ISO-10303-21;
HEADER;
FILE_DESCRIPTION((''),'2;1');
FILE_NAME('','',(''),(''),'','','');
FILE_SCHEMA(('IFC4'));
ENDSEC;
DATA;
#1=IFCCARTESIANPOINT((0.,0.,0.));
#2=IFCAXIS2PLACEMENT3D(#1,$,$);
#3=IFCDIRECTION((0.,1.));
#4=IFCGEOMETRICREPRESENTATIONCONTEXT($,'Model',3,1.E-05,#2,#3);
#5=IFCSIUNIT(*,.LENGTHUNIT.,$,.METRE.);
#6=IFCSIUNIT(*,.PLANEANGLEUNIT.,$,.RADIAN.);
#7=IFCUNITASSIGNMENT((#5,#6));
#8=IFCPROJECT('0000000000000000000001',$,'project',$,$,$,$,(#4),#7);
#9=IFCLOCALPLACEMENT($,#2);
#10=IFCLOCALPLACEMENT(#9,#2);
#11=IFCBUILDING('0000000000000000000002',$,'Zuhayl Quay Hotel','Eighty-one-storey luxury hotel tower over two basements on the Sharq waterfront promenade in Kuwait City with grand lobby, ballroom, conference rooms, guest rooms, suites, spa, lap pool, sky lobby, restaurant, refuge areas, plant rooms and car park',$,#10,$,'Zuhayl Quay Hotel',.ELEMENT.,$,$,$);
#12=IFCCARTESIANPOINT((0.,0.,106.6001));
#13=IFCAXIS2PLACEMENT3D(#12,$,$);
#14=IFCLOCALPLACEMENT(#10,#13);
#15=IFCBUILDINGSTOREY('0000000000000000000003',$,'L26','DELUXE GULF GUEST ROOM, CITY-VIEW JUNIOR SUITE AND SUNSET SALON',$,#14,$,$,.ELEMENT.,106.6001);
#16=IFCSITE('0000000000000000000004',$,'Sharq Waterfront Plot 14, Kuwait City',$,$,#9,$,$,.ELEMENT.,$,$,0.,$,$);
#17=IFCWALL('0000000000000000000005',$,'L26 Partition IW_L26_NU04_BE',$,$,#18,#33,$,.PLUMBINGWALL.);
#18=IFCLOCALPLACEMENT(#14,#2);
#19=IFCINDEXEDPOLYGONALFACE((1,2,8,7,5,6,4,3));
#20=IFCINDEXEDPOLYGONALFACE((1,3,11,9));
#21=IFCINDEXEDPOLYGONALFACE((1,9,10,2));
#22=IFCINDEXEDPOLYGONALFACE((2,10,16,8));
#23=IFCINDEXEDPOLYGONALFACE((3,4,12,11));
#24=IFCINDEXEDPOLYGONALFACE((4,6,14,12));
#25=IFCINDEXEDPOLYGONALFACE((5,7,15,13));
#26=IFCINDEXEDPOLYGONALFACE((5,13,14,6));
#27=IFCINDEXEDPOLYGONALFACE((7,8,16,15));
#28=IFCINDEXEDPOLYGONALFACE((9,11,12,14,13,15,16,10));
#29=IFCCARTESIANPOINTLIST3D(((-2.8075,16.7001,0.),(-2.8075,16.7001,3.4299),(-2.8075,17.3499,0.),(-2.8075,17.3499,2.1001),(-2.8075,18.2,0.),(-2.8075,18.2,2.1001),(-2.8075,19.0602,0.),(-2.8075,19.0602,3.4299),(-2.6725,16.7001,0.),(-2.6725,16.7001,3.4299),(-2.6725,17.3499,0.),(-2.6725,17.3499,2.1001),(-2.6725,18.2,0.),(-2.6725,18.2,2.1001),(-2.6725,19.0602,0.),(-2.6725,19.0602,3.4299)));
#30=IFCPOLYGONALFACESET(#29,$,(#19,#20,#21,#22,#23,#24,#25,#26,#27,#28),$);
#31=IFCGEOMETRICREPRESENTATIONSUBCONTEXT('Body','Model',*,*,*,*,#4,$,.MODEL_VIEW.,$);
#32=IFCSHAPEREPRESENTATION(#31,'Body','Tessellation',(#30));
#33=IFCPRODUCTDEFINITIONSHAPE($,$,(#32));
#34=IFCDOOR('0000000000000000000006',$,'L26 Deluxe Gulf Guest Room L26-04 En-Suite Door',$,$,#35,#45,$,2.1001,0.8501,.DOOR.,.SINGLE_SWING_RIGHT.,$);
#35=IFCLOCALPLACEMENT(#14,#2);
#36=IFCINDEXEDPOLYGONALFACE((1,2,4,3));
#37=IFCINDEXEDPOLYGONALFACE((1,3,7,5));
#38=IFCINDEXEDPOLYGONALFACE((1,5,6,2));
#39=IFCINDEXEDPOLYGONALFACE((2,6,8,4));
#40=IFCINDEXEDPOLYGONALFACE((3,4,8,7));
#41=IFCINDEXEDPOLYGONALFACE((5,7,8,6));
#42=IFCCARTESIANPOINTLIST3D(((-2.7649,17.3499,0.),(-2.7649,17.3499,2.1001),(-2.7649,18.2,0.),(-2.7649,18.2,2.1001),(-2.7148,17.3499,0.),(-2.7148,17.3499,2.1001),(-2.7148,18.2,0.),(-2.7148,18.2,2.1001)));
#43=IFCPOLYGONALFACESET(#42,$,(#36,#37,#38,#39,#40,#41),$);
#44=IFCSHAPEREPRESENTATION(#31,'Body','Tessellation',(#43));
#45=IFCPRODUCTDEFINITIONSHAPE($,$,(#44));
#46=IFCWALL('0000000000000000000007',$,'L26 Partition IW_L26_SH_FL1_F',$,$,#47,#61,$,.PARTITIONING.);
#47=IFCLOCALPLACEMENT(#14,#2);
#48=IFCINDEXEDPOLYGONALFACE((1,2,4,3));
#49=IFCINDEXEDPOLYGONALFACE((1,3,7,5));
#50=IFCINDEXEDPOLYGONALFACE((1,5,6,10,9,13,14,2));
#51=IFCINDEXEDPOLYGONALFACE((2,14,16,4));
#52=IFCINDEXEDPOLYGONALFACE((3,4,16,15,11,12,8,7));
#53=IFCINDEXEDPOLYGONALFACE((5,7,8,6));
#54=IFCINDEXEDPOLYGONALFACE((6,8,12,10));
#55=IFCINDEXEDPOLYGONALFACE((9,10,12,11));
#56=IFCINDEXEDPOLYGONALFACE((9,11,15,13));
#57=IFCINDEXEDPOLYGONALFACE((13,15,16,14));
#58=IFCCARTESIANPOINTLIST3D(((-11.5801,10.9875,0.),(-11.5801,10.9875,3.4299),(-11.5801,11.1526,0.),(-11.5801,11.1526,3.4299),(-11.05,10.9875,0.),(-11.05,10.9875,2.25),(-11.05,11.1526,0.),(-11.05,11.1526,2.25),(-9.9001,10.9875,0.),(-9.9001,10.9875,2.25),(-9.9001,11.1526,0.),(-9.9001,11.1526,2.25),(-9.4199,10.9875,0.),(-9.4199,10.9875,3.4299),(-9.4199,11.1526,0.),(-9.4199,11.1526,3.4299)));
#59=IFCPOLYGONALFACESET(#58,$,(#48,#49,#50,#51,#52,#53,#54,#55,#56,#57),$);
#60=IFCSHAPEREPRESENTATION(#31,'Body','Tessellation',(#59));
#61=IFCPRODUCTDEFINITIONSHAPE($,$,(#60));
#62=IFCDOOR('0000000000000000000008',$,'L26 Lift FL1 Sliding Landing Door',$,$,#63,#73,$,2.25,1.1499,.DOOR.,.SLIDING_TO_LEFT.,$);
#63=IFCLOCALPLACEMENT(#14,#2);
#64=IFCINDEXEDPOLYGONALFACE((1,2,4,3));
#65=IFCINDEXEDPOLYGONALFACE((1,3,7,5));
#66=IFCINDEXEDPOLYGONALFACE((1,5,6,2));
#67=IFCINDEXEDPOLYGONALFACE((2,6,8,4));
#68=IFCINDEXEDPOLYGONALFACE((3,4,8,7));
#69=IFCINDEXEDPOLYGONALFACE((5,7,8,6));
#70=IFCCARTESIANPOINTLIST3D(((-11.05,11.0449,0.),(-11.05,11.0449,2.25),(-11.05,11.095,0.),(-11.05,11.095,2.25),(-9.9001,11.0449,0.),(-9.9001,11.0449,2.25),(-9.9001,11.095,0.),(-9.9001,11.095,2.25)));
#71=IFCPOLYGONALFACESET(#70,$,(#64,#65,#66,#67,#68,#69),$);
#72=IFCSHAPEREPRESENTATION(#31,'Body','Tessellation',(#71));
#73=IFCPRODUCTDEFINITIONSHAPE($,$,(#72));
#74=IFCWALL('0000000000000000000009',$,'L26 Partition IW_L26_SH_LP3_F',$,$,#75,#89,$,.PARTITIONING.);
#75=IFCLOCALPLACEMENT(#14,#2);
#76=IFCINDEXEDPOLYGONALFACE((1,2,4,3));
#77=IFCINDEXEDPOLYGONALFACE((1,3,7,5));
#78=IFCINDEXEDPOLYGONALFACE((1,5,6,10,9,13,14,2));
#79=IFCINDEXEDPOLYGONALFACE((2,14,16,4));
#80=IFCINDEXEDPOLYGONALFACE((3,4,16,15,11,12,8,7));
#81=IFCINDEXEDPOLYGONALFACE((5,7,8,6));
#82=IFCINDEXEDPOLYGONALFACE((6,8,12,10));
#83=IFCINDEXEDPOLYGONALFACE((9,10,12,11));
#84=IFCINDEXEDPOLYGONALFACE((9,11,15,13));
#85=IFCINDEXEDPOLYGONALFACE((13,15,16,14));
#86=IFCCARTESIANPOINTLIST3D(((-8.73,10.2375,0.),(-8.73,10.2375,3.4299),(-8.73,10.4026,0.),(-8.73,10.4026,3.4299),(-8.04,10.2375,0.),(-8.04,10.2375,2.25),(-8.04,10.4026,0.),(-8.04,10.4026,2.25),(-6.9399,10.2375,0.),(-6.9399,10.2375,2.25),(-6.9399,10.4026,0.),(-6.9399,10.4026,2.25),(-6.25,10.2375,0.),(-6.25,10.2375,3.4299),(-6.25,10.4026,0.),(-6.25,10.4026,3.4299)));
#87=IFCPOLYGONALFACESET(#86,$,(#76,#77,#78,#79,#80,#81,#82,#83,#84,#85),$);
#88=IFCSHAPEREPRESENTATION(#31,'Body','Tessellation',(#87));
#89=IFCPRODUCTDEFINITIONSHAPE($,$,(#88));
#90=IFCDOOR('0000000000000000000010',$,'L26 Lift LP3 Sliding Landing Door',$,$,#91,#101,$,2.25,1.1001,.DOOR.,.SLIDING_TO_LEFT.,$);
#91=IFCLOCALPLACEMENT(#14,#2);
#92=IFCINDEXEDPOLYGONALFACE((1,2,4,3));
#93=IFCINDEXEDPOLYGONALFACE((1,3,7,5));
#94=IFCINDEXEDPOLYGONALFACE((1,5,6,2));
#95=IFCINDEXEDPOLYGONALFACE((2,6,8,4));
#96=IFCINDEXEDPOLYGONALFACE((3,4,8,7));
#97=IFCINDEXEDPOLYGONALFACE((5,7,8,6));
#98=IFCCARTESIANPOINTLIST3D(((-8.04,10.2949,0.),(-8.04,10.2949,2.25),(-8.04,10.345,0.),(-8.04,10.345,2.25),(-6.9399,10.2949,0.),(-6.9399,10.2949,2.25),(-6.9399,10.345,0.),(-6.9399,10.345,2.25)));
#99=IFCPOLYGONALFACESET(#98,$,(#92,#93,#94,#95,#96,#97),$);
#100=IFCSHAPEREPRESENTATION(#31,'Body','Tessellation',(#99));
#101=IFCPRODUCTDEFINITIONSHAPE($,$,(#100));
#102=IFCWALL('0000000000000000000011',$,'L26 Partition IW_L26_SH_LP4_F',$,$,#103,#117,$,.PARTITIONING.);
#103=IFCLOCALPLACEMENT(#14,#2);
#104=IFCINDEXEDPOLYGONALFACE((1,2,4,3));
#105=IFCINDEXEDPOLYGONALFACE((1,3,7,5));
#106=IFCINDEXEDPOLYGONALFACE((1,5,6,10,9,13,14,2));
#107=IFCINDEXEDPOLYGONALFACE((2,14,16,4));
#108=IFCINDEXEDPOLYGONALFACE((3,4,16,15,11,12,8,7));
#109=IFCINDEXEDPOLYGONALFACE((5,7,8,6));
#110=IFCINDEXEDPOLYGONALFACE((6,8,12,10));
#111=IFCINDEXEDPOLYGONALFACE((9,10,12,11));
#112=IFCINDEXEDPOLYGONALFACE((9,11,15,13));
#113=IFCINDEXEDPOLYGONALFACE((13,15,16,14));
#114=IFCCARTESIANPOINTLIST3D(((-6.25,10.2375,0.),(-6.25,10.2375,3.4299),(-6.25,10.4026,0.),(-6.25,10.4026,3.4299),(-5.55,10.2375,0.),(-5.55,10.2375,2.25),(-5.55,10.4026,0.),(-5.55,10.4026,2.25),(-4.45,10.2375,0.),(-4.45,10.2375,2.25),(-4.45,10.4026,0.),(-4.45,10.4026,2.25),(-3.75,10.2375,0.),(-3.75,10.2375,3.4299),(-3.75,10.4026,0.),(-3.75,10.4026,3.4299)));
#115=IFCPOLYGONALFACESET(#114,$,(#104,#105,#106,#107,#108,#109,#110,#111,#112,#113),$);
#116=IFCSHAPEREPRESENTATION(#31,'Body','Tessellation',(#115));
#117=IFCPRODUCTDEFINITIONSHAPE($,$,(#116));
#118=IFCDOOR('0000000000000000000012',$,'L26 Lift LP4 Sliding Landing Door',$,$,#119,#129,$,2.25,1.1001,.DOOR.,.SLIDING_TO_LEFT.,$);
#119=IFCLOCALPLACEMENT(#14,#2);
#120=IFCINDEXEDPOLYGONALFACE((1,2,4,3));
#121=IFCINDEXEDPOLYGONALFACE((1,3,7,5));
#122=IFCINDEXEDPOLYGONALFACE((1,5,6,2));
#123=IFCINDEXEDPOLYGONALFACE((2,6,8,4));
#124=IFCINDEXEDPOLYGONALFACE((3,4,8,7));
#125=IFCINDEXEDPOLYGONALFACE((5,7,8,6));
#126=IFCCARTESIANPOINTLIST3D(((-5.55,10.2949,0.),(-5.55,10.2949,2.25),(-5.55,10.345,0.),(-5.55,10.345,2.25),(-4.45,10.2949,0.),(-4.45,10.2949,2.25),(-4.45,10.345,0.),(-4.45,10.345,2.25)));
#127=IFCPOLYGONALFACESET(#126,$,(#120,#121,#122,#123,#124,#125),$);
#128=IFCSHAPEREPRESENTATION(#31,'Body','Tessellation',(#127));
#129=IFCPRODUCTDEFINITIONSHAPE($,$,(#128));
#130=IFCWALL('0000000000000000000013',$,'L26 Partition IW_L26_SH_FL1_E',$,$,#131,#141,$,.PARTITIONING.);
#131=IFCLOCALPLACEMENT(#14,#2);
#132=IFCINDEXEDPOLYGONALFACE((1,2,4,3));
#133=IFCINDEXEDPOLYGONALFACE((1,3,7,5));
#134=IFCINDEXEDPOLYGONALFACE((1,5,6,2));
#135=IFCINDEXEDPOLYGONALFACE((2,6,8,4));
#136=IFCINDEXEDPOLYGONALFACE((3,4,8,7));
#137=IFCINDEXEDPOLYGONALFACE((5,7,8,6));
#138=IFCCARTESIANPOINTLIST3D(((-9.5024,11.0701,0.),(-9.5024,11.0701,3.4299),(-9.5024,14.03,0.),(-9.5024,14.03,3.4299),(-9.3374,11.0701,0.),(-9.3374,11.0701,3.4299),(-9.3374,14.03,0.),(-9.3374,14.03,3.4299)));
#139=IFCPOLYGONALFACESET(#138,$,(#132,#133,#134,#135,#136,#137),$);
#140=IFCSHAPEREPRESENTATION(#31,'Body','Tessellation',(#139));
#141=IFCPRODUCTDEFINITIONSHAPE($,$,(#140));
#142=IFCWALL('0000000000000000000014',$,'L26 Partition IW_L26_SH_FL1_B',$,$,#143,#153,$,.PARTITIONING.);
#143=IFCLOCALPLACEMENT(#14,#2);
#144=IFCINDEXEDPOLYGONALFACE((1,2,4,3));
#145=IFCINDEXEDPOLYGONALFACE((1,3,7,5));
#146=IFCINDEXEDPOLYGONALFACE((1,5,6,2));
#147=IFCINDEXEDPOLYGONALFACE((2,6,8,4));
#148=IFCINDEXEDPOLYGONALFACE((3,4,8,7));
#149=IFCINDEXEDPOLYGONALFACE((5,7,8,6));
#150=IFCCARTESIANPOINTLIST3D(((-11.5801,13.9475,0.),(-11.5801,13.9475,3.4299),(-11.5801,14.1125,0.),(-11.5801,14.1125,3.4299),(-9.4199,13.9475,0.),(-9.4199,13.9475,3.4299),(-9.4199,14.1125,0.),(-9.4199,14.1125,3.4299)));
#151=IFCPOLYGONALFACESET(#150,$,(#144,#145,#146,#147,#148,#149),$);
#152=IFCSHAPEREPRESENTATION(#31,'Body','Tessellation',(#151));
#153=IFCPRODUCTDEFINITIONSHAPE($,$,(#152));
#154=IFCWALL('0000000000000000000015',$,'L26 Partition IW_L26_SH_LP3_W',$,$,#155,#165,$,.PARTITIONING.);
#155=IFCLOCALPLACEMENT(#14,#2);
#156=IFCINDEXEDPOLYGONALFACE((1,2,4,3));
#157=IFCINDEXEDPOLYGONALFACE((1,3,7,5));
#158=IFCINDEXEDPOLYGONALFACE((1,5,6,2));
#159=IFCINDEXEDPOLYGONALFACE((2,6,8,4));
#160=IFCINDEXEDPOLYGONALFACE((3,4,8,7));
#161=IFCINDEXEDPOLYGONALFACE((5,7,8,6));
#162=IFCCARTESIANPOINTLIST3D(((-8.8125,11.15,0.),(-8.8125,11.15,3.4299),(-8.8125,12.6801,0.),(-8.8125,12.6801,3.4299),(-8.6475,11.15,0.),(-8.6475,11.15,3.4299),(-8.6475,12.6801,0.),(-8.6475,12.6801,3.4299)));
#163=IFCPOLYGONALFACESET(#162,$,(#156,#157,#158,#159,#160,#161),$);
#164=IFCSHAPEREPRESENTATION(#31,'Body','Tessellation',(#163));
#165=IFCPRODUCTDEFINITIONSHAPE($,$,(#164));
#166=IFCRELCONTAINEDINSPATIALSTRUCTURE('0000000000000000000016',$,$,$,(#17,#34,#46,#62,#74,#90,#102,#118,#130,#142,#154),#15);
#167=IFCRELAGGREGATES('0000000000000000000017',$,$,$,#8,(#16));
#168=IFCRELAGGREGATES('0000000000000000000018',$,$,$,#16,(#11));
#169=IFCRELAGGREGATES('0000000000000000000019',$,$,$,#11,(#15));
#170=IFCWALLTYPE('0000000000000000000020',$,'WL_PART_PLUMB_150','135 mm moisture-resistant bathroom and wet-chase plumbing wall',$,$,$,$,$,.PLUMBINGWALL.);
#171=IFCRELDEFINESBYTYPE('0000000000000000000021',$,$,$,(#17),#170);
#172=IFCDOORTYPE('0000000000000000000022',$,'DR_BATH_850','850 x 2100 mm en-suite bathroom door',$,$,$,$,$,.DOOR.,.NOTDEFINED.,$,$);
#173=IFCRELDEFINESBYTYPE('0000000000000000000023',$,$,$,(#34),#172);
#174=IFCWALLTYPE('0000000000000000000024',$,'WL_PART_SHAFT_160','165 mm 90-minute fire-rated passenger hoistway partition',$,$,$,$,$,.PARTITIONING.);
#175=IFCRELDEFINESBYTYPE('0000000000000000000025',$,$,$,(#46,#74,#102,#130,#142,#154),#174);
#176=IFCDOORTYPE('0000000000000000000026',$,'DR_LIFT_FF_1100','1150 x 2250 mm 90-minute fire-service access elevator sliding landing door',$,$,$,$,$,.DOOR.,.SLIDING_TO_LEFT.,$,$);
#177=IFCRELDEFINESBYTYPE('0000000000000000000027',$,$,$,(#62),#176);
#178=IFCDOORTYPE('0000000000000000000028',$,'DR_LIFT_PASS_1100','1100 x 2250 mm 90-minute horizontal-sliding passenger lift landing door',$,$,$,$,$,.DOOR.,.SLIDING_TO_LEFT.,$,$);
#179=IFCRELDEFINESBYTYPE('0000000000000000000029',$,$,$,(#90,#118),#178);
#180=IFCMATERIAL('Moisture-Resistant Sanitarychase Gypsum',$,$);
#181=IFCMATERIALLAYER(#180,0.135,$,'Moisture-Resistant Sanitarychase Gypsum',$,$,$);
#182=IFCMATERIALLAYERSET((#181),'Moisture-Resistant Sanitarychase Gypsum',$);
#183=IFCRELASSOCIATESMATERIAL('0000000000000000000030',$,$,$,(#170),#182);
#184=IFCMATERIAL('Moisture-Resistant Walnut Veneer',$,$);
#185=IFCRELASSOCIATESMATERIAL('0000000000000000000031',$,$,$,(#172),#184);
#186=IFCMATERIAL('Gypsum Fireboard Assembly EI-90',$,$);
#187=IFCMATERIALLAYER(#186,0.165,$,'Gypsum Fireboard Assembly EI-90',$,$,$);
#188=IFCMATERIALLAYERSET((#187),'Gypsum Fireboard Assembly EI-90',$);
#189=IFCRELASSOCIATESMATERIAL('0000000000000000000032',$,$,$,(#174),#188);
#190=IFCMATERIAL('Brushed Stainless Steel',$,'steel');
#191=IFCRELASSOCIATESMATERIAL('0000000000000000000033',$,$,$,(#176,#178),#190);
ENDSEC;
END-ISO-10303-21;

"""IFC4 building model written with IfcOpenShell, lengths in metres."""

from ifc_helpers import new_model, si_unit, direction, frame, frame_2d, origin, place, context, subcontext, project, spatial, rectangle, extrude, material, layer, layer_set, type_object, element, fill, save


model = new_model("IFC4")

# Units and contexts
model_context = context("Model", 3, precision=1e-05, world=origin(), true_north=direction((0.0, 1.0)))
body_context = subcontext(model_context, "Body", "Model", "MODEL_VIEW")
ifc_project = project(units=[si_unit("LENGTHUNIT", "METRE"), si_unit("PLANEANGLEUNIT", "RADIAN")], contexts=[model_context])

# Site, building, storey
site_placement = place(None, origin())
site = spatial("IfcSite", under=ifc_project, at=site_placement, Name="Sharq Waterfront Plot 14, Kuwait City", CompositionType="ELEMENT", RefElevation=0.0)
building_placement = place(site_placement, origin())
building = spatial("IfcBuilding", under=site, at=building_placement, Name="Zuhayl Quay Hotel", Description="Eighty-one-storey luxury hotel tower over two basements on the Sharq waterfront promenade in Kuwait City with grand lobby, ballroom, conference rooms, guest rooms, suites, spa, lap pool, sky lobby, restaurant, refuge areas, plant rooms and car park", LongName="Zuhayl Quay Hotel", CompositionType="ELEMENT")
storey_placement = place(building_placement, frame((0.0, 0.0, 106.6001)))
storey = spatial("IfcBuildingStorey", under=building, at=storey_placement, Name="L26", Description="DELUXE GULF GUEST ROOM, CITY-VIEW JUNIOR SUITE AND SUNSET SALON", CompositionType="ELEMENT", Elevation=106.6001)

# Walls, openings, doors
ifc_material_1 = material(Name="Moisture-Resistant Sanitarychase Gypsum")
ifc_layer_1 = layer(ifc_material_1, 0.135, Name="Moisture-Resistant Sanitarychase Gypsum")
ifc_layer_set_1 = layer_set([ifc_layer_1], Name="Moisture-Resistant Sanitarychase Gypsum")
wall_type_1 = type_object("IfcWallType", Name="WL_PART_PLUMB_150", Description="135 mm moisture-resistant bathroom and wet-chase plumbing wall", PredefinedType="PLUMBINGWALL", material=ifc_layer_set_1)
ifc_material_2 = material(Name="Moisture-Resistant Walnut Veneer")
door_type_1 = type_object("IfcDoorType", Name="DR_BATH_850", Description="850 x 2100 mm en-suite bathroom door", OperationType="NOTDEFINED", PredefinedType="DOOR", material=ifc_material_2)
wall_1_placement = place(storey_placement, frame((-2.74, 16.7, 0.0), z_axis=(0.0, 0.0, 1.0), x_axis=(0.0, 1.0, 0.0)))
wall_1 = element("IfcWall", 1, at=wall_1_placement, inside=storey, type_object=wall_type_1, Name="L26 Partition IW_L26_NU04_BE", PredefinedType="PLUMBINGWALL", context=body_context, shape_type="SweptSolid", body=[
    extrude(rectangle(XDim=2.3601, YDim=0.135, at=frame_2d((1.1802, 0.0))), origin(), (0.0, 0.0, 1.0), 3.4299),
])
opening_1_placement = place(wall_1_placement, frame((0.6499, 0.0, 0.0)))
opening_1 = element("IfcOpeningElement", 2, at=opening_1_placement, cuts=wall_1, PredefinedType="OPENING", context=body_context, shape_type="SweptSolid", body=[
    extrude(rectangle(XDim=0.8501, YDim=2.1001, at=frame_2d((0.425, 1.05))), frame((0.0, 0.0774, 0.0), z_axis=(0.0, -1.0, 0.0), x_axis=(1.0, 0.0, 0.0)), (0.0, 0.0, 1.0), 0.155),
])
door_1_placement = place(opening_1_placement, origin())
door_1 = element("IfcDoor", 3, at=door_1_placement, inside=storey, type_object=door_type_1, Name="L26 Deluxe Gulf Guest Room L26-04 En-Suite Door", OperationType="SINGLE_SWING_RIGHT", OverallHeight=2.1001, OverallWidth=0.8501, PredefinedType="DOOR", context=body_context, shape_type="SweptSolid", body=[
    extrude(rectangle(XDim=0.8501, YDim=2.1001, at=frame_2d((0.425, 1.05))), frame((0.0, 0.0249, 0.0), z_axis=(0.0, -1.0, 0.0), x_axis=(1.0, 0.0, 0.0)), (0.0, 0.0, 1.0), 0.05),
])
fill(opening_1, door_1)
ifc_material_3 = material(Name="Gypsum Fireboard Assembly EI-90")
ifc_layer_2 = layer(ifc_material_3, 0.165, Name="Gypsum Fireboard Assembly EI-90")
ifc_layer_set_2 = layer_set([ifc_layer_2], Name="Gypsum Fireboard Assembly EI-90")
wall_type_2 = type_object("IfcWallType", Name="WL_PART_SHAFT_160", Description="165 mm 90-minute fire-rated passenger hoistway partition", PredefinedType="PARTITIONING", material=ifc_layer_set_2)
wall_2_placement = place(storey_placement, frame((-11.5801, 11.0701, 0.0), z_axis=(0.0, 0.0, 1.0), x_axis=(1.0, 0.0, 0.0)))
wall_2 = element("IfcWall", 4, at=wall_2_placement, inside=storey, type_object=wall_type_2, Name="L26 Partition IW_L26_SH_FL1_F", PredefinedType="PARTITIONING", context=body_context, shape_type="SweptSolid", body=[
    extrude(rectangle(XDim=2.1602, YDim=0.165, at=frame_2d((1.0801, 0.0))), origin(), (0.0, 0.0, 1.0), 3.4299),
])
opening_2_placement = place(wall_2_placement, frame((0.53, 0.0, 0.0)))
opening_2 = element("IfcOpeningElement", 5, at=opening_2_placement, cuts=wall_2, PredefinedType="OPENING", context=body_context, shape_type="SweptSolid", body=[
    extrude(rectangle(XDim=1.1499, YDim=2.25, at=frame_2d((0.575, 1.125))), frame((0.0, 0.0925, 0.0), z_axis=(0.0, -1.0, 0.0), x_axis=(1.0, 0.0, 0.0)), (0.0, 0.0, 1.0), 0.1851),
])
ifc_material_4 = material(Name="Brushed Stainless Steel", Category="steel")
door_type_2 = type_object("IfcDoorType", Name="DR_LIFT_FF_1100", Description="1150 x 2250 mm 90-minute fire-service access elevator sliding landing door", OperationType="SLIDING_TO_LEFT", PredefinedType="DOOR", material=ifc_material_4)
door_2_placement = place(opening_2_placement, origin())
door_2 = element("IfcDoor", 6, at=door_2_placement, inside=storey, type_object=door_type_2, Name="L26 Lift FL1 Sliding Landing Door", OperationType="SLIDING_TO_LEFT", OverallHeight=2.25, OverallWidth=1.1499, PredefinedType="DOOR", context=body_context, shape_type="SweptSolid", body=[
    extrude(rectangle(XDim=1.1499, YDim=2.25, at=frame_2d((0.575, 1.125))), frame((0.0, 0.0249, 0.0), z_axis=(0.0, -1.0, 0.0), x_axis=(1.0, 0.0, 0.0)), (0.0, 0.0, 1.0), 0.05),
])
fill(opening_2, door_2)
wall_3_placement = place(storey_placement, frame((-8.73, 10.3201, 0.0), z_axis=(0.0, 0.0, 1.0), x_axis=(1.0, 0.0, 0.0)))
wall_3 = element("IfcWall", 7, at=wall_3_placement, inside=storey, type_object=wall_type_2, Name="L26 Partition IW_L26_SH_LP3_F", PredefinedType="PARTITIONING", context=body_context, shape_type="SweptSolid", body=[
    extrude(rectangle(XDim=2.48, YDim=0.165, at=frame_2d((1.24, 0.0))), origin(), (0.0, 0.0, 1.0), 3.4299),
])
opening_3_placement = place(wall_3_placement, frame((0.6899, 0.0, 0.0)))
opening_3 = element("IfcOpeningElement", 8, at=opening_3_placement, cuts=wall_3, PredefinedType="OPENING", context=body_context, shape_type="SweptSolid", body=[
    extrude(rectangle(XDim=1.1001, YDim=2.25, at=frame_2d((0.55, 1.125))), frame((0.0, 0.0925, 0.0), z_axis=(0.0, -1.0, 0.0), x_axis=(1.0, 0.0, 0.0)), (0.0, 0.0, 1.0), 0.1851),
])
door_type_3 = type_object("IfcDoorType", Name="DR_LIFT_PASS_1100", Description="1100 x 2250 mm 90-minute horizontal-sliding passenger lift landing door", OperationType="SLIDING_TO_LEFT", PredefinedType="DOOR", material=ifc_material_4)
door_3_placement = place(opening_3_placement, origin())
door_3 = element("IfcDoor", 9, at=door_3_placement, inside=storey, type_object=door_type_3, Name="L26 Lift LP3 Sliding Landing Door", OperationType="SLIDING_TO_LEFT", OverallHeight=2.25, OverallWidth=1.1001, PredefinedType="DOOR", context=body_context, shape_type="SweptSolid", body=[
    extrude(rectangle(XDim=1.1001, YDim=2.25, at=frame_2d((0.55, 1.125))), frame((0.0, 0.0249, 0.0), z_axis=(0.0, -1.0, 0.0), x_axis=(1.0, 0.0, 0.0)), (0.0, 0.0, 1.0), 0.05),
])
fill(opening_3, door_3)
wall_4_placement = place(storey_placement, frame((-6.25, 10.3201, 0.0), z_axis=(0.0, 0.0, 1.0), x_axis=(1.0, 0.0, 0.0)))
wall_4 = element("IfcWall", 10, at=wall_4_placement, inside=storey, type_object=wall_type_2, Name="L26 Partition IW_L26_SH_LP4_F", PredefinedType="PARTITIONING", context=body_context, shape_type="SweptSolid", body=[
    extrude(rectangle(XDim=2.5, YDim=0.165, at=frame_2d((1.25, 0.0))), origin(), (0.0, 0.0, 1.0), 3.4299),
])
opening_4_placement = place(wall_4_placement, frame((0.7, 0.0, 0.0)))
opening_4 = element("IfcOpeningElement", 11, at=opening_4_placement, cuts=wall_4, PredefinedType="OPENING", context=body_context, shape_type="SweptSolid", body=[
    extrude(rectangle(XDim=1.1001, YDim=2.25, at=frame_2d((0.55, 1.125))), frame((0.0, 0.0925, 0.0), z_axis=(0.0, -1.0, 0.0), x_axis=(1.0, 0.0, 0.0)), (0.0, 0.0, 1.0), 0.1851),
])
door_4_placement = place(opening_4_placement, origin())
door_4 = element("IfcDoor", 12, at=door_4_placement, inside=storey, type_object=door_type_3, Name="L26 Lift LP4 Sliding Landing Door", OperationType="SLIDING_TO_LEFT", OverallHeight=2.25, OverallWidth=1.1001, PredefinedType="DOOR", context=body_context, shape_type="SweptSolid", body=[
    extrude(rectangle(XDim=1.1001, YDim=2.25, at=frame_2d((0.55, 1.125))), frame((0.0, 0.0249, 0.0), z_axis=(0.0, -1.0, 0.0), x_axis=(1.0, 0.0, 0.0)), (0.0, 0.0, 1.0), 0.05),
])
fill(opening_4, door_4)

# Walls
wall_5_placement = place(storey_placement, frame((-9.4199, 11.0701, 0.0), z_axis=(0.0, 0.0, 1.0), x_axis=(0.0, 1.0, 0.0)))
element("IfcWall", 13, at=wall_5_placement, inside=storey, type_object=wall_type_2, Name="L26 Partition IW_L26_SH_FL1_E", PredefinedType="PARTITIONING", context=body_context, shape_type="SweptSolid", body=[
    extrude(rectangle(XDim=2.96, YDim=0.165, at=frame_2d((1.48, 0.0))), origin(), (0.0, 0.0, 1.0), 3.4299),
])
wall_6_placement = place(storey_placement, frame((-11.5801, 14.03, 0.0), z_axis=(0.0, 0.0, 1.0), x_axis=(1.0, 0.0, 0.0)))
element("IfcWall", 14, at=wall_6_placement, inside=storey, type_object=wall_type_2, Name="L26 Partition IW_L26_SH_FL1_B", PredefinedType="PARTITIONING", context=body_context, shape_type="SweptSolid", body=[
    extrude(rectangle(XDim=2.1602, YDim=0.165, at=frame_2d((1.0801, 0.0))), origin(), (0.0, 0.0, 1.0), 3.4299),
])
wall_7_placement = place(storey_placement, frame((-8.73, 11.1499, 0.0), z_axis=(0.0, 0.0, 1.0), x_axis=(0.0, 1.0, 0.0)))
element("IfcWall", 15, at=wall_7_placement, inside=storey, type_object=wall_type_2, Name="L26 Partition IW_L26_SH_LP3_W", PredefinedType="PARTITIONING", context=body_context, shape_type="SweptSolid", body=[
    extrude(rectangle(XDim=1.53, YDim=0.165, at=frame_2d((0.7651, 0.0))), origin(), (0.0, 0.0, 1.0), 3.4299),
])

save(model, "model.ifc")
